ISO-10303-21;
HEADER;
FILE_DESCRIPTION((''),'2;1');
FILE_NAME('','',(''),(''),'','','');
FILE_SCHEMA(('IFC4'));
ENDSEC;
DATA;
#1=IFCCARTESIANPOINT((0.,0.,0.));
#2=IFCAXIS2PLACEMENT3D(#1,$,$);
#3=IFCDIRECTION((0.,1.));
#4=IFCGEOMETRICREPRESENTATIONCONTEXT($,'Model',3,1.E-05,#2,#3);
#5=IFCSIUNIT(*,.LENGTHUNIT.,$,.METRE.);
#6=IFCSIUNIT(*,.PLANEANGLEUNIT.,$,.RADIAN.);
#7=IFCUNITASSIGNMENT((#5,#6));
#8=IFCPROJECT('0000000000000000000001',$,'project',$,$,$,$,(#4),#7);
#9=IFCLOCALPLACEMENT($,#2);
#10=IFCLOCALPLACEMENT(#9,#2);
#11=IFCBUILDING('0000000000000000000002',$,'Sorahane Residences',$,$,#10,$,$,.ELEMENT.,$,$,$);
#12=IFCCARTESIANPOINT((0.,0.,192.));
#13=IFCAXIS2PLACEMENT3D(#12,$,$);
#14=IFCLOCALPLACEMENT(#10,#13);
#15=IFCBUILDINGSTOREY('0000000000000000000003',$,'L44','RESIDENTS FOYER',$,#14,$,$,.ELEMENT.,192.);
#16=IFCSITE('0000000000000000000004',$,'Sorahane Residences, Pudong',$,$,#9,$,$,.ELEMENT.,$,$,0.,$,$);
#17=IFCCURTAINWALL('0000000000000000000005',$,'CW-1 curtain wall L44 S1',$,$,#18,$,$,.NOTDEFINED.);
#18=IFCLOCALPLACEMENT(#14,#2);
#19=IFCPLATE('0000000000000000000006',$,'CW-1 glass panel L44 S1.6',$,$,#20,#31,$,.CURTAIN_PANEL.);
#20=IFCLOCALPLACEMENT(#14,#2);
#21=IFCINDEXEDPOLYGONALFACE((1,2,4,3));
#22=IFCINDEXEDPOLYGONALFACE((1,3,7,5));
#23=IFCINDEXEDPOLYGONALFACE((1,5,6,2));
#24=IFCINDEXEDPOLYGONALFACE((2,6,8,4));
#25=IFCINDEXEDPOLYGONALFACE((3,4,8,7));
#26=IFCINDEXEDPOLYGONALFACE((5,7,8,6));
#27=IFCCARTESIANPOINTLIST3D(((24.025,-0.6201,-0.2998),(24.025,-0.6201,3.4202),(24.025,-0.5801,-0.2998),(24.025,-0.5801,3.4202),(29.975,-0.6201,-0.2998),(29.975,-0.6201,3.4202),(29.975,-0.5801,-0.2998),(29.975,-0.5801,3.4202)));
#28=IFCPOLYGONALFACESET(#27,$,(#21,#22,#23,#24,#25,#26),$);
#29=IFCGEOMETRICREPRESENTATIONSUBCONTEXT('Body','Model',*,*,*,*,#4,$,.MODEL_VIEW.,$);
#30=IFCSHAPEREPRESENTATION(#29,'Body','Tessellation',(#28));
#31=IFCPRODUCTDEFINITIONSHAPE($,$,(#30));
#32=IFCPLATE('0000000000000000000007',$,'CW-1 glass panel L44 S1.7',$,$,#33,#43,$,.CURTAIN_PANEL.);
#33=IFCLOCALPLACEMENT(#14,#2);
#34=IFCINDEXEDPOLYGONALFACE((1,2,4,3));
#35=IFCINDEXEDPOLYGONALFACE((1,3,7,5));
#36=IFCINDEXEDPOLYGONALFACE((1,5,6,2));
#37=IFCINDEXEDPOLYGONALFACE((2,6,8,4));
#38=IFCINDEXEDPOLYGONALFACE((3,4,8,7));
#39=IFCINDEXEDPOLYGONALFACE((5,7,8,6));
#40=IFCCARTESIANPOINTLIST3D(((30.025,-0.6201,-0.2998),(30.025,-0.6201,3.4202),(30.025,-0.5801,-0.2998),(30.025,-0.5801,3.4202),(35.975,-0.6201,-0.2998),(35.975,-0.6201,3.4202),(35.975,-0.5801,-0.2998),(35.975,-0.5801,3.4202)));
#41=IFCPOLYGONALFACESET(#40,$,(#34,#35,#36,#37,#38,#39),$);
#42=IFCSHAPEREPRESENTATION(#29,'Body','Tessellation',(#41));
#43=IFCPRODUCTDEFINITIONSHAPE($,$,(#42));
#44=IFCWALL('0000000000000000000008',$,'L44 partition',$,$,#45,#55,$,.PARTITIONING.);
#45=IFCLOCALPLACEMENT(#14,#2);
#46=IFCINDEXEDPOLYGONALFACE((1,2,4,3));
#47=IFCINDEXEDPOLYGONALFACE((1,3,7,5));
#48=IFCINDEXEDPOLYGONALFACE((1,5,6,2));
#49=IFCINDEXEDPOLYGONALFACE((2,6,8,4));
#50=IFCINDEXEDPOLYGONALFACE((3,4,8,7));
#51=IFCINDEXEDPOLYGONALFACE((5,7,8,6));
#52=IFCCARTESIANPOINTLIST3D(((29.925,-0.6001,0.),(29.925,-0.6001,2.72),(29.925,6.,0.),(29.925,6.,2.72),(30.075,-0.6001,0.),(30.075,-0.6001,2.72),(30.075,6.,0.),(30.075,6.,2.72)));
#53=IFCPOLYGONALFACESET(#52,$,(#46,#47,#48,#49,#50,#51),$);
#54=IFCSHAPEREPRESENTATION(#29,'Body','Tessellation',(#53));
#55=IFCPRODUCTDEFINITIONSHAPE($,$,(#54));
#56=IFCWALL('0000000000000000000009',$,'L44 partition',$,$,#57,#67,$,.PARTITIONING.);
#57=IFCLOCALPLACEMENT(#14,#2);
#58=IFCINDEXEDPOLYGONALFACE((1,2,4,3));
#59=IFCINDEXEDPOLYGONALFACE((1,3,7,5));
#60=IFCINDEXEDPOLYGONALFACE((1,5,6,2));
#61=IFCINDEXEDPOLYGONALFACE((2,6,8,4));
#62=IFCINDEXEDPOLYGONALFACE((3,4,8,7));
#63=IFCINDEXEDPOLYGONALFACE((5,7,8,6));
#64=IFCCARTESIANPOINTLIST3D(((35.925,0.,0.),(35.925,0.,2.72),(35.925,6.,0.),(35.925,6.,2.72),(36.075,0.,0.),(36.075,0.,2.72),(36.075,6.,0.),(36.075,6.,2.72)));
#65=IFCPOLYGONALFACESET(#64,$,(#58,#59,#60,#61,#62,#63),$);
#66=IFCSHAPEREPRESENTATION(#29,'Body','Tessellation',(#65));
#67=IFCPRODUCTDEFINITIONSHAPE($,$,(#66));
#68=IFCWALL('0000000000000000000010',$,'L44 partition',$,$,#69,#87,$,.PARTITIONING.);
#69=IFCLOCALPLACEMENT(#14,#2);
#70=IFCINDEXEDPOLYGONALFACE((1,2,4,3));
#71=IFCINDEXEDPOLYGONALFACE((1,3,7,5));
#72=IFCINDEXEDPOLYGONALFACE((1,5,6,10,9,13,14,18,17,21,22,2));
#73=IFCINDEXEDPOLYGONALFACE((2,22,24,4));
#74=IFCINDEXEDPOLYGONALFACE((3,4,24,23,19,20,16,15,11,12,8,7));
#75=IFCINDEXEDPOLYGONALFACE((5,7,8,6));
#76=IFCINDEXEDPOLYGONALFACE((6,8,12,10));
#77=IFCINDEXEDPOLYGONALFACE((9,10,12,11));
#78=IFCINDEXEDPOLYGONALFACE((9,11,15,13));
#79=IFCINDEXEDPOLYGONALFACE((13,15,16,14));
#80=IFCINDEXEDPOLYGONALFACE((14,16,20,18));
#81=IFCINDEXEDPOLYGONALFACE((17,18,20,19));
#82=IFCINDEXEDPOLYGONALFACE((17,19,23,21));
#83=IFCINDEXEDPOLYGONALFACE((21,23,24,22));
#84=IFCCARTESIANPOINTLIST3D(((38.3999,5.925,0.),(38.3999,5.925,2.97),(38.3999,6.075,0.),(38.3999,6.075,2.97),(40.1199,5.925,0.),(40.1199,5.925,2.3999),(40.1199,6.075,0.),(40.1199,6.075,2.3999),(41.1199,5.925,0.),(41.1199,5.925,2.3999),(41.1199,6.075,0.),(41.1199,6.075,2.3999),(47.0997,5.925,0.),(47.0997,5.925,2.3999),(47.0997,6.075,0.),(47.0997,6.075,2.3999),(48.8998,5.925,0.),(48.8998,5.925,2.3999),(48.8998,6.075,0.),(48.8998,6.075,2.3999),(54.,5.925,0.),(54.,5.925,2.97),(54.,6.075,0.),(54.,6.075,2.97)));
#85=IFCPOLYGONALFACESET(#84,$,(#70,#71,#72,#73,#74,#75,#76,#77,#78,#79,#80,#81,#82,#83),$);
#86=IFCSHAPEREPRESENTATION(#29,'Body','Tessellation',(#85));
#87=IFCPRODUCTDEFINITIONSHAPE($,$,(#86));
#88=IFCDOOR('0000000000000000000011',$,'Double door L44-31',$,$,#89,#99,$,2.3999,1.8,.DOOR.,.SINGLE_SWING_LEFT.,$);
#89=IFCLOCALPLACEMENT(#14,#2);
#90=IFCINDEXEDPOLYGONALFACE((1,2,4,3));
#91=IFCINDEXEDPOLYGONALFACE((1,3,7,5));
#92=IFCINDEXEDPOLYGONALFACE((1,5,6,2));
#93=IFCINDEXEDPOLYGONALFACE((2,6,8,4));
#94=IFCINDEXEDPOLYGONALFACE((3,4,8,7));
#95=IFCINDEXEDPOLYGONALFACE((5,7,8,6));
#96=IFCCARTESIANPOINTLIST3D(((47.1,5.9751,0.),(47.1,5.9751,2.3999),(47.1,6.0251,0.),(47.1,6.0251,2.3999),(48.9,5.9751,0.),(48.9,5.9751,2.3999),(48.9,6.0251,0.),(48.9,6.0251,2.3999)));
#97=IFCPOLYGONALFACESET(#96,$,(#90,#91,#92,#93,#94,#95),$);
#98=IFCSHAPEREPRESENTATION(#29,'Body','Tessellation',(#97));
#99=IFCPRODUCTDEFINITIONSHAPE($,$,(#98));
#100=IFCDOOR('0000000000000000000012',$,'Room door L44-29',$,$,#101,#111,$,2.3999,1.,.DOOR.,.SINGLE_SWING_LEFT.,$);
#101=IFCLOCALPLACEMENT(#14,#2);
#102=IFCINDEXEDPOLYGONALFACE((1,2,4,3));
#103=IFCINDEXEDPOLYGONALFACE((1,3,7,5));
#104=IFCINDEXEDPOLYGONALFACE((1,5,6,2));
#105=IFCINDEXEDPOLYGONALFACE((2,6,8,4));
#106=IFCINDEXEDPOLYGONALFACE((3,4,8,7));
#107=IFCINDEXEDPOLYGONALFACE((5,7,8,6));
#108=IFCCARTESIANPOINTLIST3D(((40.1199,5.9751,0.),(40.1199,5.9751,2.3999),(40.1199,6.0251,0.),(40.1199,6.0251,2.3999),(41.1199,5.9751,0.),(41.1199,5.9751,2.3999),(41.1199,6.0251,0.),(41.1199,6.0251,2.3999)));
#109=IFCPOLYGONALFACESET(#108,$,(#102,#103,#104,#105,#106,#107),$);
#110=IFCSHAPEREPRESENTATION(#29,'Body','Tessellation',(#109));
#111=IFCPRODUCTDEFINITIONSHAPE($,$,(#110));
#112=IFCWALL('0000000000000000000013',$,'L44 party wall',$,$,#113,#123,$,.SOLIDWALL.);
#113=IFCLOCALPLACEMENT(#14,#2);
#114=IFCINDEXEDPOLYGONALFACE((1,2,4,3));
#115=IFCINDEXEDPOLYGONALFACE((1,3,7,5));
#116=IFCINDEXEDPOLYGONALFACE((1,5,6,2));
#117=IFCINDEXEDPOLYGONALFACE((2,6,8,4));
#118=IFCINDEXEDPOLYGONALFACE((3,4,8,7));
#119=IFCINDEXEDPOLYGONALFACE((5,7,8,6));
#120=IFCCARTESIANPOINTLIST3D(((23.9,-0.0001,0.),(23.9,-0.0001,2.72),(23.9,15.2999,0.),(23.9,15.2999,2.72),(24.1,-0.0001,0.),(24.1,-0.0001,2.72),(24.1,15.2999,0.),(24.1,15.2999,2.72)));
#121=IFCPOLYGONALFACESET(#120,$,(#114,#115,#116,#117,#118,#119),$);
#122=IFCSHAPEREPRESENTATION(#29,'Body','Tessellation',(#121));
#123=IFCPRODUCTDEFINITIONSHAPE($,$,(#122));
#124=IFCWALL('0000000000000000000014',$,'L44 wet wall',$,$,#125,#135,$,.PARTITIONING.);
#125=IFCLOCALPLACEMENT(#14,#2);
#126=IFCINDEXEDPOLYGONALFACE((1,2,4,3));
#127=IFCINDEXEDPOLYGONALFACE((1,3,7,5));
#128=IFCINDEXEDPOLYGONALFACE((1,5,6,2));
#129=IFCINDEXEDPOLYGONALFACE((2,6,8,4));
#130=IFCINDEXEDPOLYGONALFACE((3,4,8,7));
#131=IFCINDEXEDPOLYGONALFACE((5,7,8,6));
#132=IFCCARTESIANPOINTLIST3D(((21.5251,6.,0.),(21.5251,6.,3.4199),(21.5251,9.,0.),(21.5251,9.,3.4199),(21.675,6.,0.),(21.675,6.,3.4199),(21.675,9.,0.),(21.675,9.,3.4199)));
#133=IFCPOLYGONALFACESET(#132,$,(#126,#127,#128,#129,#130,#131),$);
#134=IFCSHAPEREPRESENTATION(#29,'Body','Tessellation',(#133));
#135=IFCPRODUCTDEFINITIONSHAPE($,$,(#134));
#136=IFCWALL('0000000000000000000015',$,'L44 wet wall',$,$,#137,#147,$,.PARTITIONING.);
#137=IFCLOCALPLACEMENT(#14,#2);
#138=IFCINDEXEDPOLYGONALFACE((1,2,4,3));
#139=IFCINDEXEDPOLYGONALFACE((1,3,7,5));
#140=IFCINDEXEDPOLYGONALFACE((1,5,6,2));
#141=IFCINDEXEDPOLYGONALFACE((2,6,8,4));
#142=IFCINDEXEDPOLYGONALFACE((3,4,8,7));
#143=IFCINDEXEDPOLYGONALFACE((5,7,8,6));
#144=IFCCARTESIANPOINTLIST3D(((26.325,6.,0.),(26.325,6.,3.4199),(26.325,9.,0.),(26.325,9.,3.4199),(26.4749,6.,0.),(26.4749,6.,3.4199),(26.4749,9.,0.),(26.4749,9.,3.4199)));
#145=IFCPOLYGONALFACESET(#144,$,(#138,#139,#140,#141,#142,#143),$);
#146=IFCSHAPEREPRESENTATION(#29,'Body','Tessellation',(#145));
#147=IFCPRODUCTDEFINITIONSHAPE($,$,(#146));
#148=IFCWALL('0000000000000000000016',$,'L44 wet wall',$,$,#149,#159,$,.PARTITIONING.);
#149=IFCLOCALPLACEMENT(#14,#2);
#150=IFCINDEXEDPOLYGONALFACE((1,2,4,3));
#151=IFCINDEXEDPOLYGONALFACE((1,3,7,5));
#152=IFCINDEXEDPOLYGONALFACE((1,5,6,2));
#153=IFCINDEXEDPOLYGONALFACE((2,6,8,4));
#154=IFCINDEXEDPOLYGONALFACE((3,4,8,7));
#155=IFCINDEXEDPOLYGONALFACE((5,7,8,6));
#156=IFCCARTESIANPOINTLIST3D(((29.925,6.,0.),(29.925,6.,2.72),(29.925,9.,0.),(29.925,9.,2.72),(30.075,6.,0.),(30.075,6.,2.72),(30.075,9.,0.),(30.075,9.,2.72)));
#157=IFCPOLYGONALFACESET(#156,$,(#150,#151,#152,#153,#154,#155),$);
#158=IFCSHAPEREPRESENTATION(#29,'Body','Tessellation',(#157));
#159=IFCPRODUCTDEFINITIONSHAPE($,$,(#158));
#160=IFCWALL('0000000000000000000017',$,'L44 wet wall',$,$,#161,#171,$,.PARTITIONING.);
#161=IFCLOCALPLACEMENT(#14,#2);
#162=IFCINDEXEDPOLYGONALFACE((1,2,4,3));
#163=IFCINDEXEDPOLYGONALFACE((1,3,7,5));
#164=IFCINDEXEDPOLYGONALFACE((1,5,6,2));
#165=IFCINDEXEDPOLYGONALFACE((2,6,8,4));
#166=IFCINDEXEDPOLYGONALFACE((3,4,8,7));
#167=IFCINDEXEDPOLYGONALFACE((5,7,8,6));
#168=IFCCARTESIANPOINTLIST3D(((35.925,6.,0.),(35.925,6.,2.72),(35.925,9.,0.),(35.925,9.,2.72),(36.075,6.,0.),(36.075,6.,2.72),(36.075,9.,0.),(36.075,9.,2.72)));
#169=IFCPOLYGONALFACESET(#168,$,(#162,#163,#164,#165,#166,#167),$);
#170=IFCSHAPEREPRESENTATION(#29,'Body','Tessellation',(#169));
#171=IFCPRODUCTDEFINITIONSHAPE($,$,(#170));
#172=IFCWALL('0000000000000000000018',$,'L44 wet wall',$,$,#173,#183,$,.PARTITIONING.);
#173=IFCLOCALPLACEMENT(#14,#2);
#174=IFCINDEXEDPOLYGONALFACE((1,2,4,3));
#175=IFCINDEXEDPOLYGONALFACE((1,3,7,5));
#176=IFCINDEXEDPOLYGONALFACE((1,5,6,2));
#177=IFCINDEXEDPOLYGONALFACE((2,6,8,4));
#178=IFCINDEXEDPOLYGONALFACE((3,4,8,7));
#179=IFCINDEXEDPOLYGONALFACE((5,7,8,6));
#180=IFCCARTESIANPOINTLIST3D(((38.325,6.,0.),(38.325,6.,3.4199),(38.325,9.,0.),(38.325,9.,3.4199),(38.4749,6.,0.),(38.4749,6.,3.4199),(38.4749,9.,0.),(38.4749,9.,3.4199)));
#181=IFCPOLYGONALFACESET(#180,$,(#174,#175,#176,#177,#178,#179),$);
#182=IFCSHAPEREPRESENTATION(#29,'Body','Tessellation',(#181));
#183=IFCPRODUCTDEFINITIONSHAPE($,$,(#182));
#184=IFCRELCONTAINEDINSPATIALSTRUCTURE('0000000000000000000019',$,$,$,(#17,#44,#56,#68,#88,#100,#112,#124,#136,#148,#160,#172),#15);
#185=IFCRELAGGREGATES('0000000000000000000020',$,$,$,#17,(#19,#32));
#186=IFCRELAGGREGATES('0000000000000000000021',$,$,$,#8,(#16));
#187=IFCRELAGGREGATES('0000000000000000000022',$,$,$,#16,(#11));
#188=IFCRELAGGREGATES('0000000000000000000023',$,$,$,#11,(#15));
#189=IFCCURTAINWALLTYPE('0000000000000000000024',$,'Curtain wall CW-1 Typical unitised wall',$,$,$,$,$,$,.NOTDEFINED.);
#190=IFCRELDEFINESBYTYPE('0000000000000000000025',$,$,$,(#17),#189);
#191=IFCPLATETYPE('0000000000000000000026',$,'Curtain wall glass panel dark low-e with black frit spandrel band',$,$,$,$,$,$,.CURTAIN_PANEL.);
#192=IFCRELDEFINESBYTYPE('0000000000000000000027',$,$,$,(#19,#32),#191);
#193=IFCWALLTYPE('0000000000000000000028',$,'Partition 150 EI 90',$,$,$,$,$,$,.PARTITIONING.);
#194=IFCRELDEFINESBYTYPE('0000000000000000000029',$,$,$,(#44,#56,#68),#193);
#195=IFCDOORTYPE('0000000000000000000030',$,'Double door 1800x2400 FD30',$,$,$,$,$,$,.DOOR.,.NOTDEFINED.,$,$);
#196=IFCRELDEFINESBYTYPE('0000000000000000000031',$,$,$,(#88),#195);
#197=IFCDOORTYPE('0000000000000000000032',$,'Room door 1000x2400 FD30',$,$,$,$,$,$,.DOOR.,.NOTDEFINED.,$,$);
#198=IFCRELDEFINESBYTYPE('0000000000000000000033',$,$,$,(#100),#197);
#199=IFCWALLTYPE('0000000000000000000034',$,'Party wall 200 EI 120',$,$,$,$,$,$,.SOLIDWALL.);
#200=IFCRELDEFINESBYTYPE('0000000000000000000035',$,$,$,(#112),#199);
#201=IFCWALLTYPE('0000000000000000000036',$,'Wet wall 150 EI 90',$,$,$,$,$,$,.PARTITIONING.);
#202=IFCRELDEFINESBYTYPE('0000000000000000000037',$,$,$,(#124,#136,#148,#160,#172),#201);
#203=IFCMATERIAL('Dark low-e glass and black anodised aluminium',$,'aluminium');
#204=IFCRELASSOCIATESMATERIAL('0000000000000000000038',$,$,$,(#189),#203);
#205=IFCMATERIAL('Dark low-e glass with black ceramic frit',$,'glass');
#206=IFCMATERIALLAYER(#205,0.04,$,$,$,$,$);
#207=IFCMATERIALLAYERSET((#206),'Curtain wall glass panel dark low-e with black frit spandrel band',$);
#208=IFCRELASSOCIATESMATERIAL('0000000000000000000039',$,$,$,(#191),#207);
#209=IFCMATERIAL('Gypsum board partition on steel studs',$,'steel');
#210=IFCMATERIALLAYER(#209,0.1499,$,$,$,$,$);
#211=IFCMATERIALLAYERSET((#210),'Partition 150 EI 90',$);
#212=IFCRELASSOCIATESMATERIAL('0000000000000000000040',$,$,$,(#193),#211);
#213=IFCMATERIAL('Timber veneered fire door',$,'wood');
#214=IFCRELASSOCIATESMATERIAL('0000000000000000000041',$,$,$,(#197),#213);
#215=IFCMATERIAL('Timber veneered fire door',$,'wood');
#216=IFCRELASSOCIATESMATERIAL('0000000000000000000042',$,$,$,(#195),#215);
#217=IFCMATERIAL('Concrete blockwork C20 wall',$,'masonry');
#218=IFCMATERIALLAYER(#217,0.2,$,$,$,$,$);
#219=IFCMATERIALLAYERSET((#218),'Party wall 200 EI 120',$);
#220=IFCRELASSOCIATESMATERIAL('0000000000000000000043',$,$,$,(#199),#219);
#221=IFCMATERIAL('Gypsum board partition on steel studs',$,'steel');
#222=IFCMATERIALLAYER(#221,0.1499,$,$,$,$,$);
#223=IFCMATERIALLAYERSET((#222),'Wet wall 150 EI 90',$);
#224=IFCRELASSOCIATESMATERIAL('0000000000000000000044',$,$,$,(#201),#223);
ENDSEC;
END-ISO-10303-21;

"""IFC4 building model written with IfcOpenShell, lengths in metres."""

from ifc_helpers import new_model, si_unit, direction, frame, frame_2d, origin, origin_2d, place, context, subcontext, project, spatial, rectangle, extrude, material, layer, layer_set, type_object, element, fill, aggregate, save


model = new_model("IFC4")

# Units and contexts
model_context = context("Model", 3, precision=1e-05, world=origin(), true_north=direction((0.0, 1.0)))
body_context = subcontext(model_context, "Body", "Model", "MODEL_VIEW")
ifc_project = project(units=[si_unit("LENGTHUNIT", "METRE"), si_unit("PLANEANGLEUNIT", "RADIAN")], contexts=[model_context])

# Site, building, storey
site_placement = place(None, origin())
site = spatial("IfcSite", under=ifc_project, at=site_placement, Name="Sorahane Residences, Pudong", CompositionType="ELEMENT", RefElevation=0.0)
building_placement = place(site_placement, origin())
building = spatial("IfcBuilding", under=site, at=building_placement, Name="Sorahane Residences", CompositionType="ELEMENT")
storey_placement = place(building_placement, frame((0.0, 0.0, 192.0)))
storey = spatial("IfcBuildingStorey", under=building, at=storey_placement, Name="L44", Description="RESIDENTS FOYER", CompositionType="ELEMENT", Elevation=192.0)

# Curtain wall
ifc_material_1 = material(Name="Dark low-e glass and black anodised aluminium", Category="aluminium")
curtain_wall_type = type_object("IfcCurtainWallType", Name="Curtain wall CW-1 Typical unitised wall", PredefinedType="NOTDEFINED", material=ifc_material_1)
curtain_wall_placement = place(storey_placement, origin())
curtain_wall = element("IfcCurtainWall", 1, at=curtain_wall_placement, inside=storey, type_object=curtain_wall_type, Name="CW-1 curtain wall L44 S1", PredefinedType="NOTDEFINED")

# Plates
ifc_material_2 = material(Name="Dark low-e glass with black ceramic frit", Category="glass")
ifc_layer_1 = layer(ifc_material_2, 0.04)
ifc_layer_set_1 = layer_set([ifc_layer_1], Name="Curtain wall glass panel dark low-e with black frit spandrel band")
plate_type = type_object("IfcPlateType", Name="Curtain wall glass panel dark low-e with black frit spandrel band", PredefinedType="CURTAIN_PANEL", material=ifc_layer_set_1)
plate_1_placement = place(storey_placement, frame((27.0, -0.6001, -0.2998), z_axis=(0.0, 0.0, 1.0), x_axis=(1.0, 0.0, 0.0)))
plate_1 = element("IfcPlate", 2, at=plate_1_placement, type_object=plate_type, Name="CW-1 glass panel L44 S1.6", PredefinedType="CURTAIN_PANEL", context=body_context, shape_type="SweptSolid", body=[
    extrude(rectangle(XDim=5.95, YDim=0.04, at=origin_2d()), origin(), (0.0, 0.0, 1.0), 3.72),
])
plate_2_placement = place(storey_placement, frame((33.0, -0.6001, -0.2998), z_axis=(0.0, 0.0, 1.0), x_axis=(1.0, 0.0, 0.0)))
plate_2 = element("IfcPlate", 3, at=plate_2_placement, type_object=plate_type, Name="CW-1 glass panel L44 S1.7", PredefinedType="CURTAIN_PANEL", context=body_context, shape_type="SweptSolid", body=[
    extrude(rectangle(XDim=5.95, YDim=0.04, at=origin_2d()), origin(), (0.0, 0.0, 1.0), 3.72),
])
aggregate(curtain_wall, [plate_1, plate_2])

# Walls
ifc_material_3 = material(Name="Gypsum board partition on steel studs", Category="steel")
ifc_layer_2 = layer(ifc_material_3, 0.1499)
ifc_layer_set_2 = layer_set([ifc_layer_2], Name="Partition 150 EI 90")
wall_type_1 = type_object("IfcWallType", Name="Partition 150 EI 90", PredefinedType="PARTITIONING", material=ifc_layer_set_2)
wall_1_placement = place(storey_placement, frame((30.0, -0.6001, 0.0), z_axis=(0.0, 0.0, 1.0), x_axis=(0.0, 1.0, 0.0)))
element("IfcWall", 4, at=wall_1_placement, inside=storey, type_object=wall_type_1, Name="L44 partition", PredefinedType="PARTITIONING", context=body_context, shape_type="SweptSolid", body=[
    extrude(rectangle(XDim=6.6001, YDim=0.1499, at=frame_2d((3.3, 0.0))), origin(), (0.0, 0.0, 1.0), 2.72),
])
wall_2_placement = place(storey_placement, frame((36.0, 0.0, 0.0), z_axis=(0.0, 0.0, 1.0), x_axis=(0.0, 1.0, 0.0)))
element("IfcWall", 5, at=wall_2_placement, inside=storey, type_object=wall_type_1, Name="L44 partition", PredefinedType="PARTITIONING", context=body_context, shape_type="SweptSolid", body=[
    extrude(rectangle(XDim=6.0, YDim=0.1499, at=frame_2d((3.0, 0.0))), origin(), (0.0, 0.0, 1.0), 2.72),
])

# Wall, openings, doors
ifc_material_4 = material(Name="Timber veneered fire door", Category="wood")
door_type_1 = type_object("IfcDoorType", Name="Room door 1000x2400 FD30", OperationType="NOTDEFINED", PredefinedType="DOOR", material=ifc_material_4)
wall_3_placement = place(storey_placement, frame((38.3999, 6.0, 0.0), z_axis=(0.0, 0.0, 1.0), x_axis=(1.0, 0.0, 0.0)))
wall_3 = element("IfcWall", 6, at=wall_3_placement, inside=storey, type_object=wall_type_1, Name="L44 partition", PredefinedType="PARTITIONING", context=body_context, shape_type="SweptSolid", body=[
    extrude(rectangle(XDim=15.6001, YDim=0.1499, at=frame_2d((7.8, 0.0))), origin(), (0.0, 0.0, 1.0), 2.97),
])
opening_1_placement = place(wall_3_placement, frame((1.72, 0.0, 0.0)))
opening_1 = element("IfcOpeningElement", 7, at=opening_1_placement, cuts=wall_3, PredefinedType="OPENING", context=body_context, shape_type="SweptSolid", body=[
    extrude(rectangle(XDim=1.0, YDim=2.3999, at=frame_2d((0.5, 1.2))), frame((0.0, 0.085, 0.0), z_axis=(0.0, -1.0, 0.0), x_axis=(1.0, 0.0, 0.0)), (0.0, 0.0, 1.0), 0.1699),
])
opening_2_placement = place(wall_3_placement, frame((8.7, 0.0, 0.0)))
opening_2 = element("IfcOpeningElement", 8, at=opening_2_placement, cuts=wall_3, PredefinedType="OPENING", context=body_context, shape_type="SweptSolid", body=[
    extrude(rectangle(XDim=1.8, YDim=2.3999, at=frame_2d((0.8999, 1.2))), frame((0.0, 0.085, 0.0), z_axis=(0.0, -1.0, 0.0), x_axis=(1.0, 0.0, 0.0)), (0.0, 0.0, 1.0), 0.1699),
])
ifc_material_5 = material(Name="Timber veneered fire door", Category="wood")
door_type_2 = type_object("IfcDoorType", Name="Double door 1800x2400 FD30", OperationType="NOTDEFINED", PredefinedType="DOOR", material=ifc_material_5)
door_1_placement = place(opening_2_placement, frame((1.8, 0.0, 0.0), z_axis=(0.0, 0.0, 1.0), x_axis=(-1.0, 0.0, 0.0)))
door_1 = element("IfcDoor", 9, at=door_1_placement, inside=storey, type_object=door_type_2, Name="Double door L44-31", OperationType="SINGLE_SWING_LEFT", OverallHeight=2.3999, OverallWidth=1.8, PredefinedType="DOOR", context=body_context, shape_type="SweptSolid", body=[
    extrude(rectangle(XDim=1.8, YDim=2.3999, at=frame_2d((0.8999, 1.2))), frame((0.0, 0.0249, 0.0), z_axis=(0.0, -1.0, 0.0), x_axis=(1.0, 0.0, 0.0)), (0.0, 0.0, 1.0), 0.05),
])
fill(opening_2, door_1)
door_2_placement = place(opening_1_placement, frame((1.0, 0.0, 0.0), z_axis=(0.0, 0.0, 1.0), x_axis=(-1.0, 0.0, 0.0)))
door_2 = element("IfcDoor", 10, at=door_2_placement, inside=storey, type_object=door_type_1, Name="Room door L44-29", OperationType="SINGLE_SWING_LEFT", OverallHeight=2.3999, OverallWidth=1.0, PredefinedType="DOOR", context=body_context, shape_type="SweptSolid", body=[
    extrude(rectangle(XDim=1.0, YDim=2.3999, at=frame_2d((0.5, 1.2))), frame((0.0, 0.0249, 0.0), z_axis=(0.0, -1.0, 0.0), x_axis=(1.0, 0.0, 0.0)), (0.0, 0.0, 1.0), 0.05),
])
fill(opening_1, door_2)

# Walls
ifc_material_6 = material(Name="Concrete blockwork C20 wall", Category="masonry")
ifc_layer_3 = layer(ifc_material_6, 0.2)
ifc_layer_set_3 = layer_set([ifc_layer_3], Name="Party wall 200 EI 120")
wall_type_2 = type_object("IfcWallType", Name="Party wall 200 EI 120", PredefinedType="SOLIDWALL", material=ifc_layer_set_3)
wall_4_placement = place(storey_placement, frame((24.0, 0.0, 0.0), z_axis=(0.0, 0.0, 1.0), x_axis=(0.0, 1.0, 0.0)))
element("IfcWall", 11, at=wall_4_placement, inside=storey, type_object=wall_type_2, Name="L44 party wall", PredefinedType="SOLIDWALL", context=body_context, shape_type="SweptSolid", body=[
    extrude(rectangle(XDim=15.3, YDim=0.2, at=frame_2d((7.6499, 0.0))), origin(), (0.0, 0.0, 1.0), 2.72),
])
ifc_material_7 = material(Name="Gypsum board partition on steel studs", Category="steel")
ifc_layer_4 = layer(ifc_material_7, 0.1499)
ifc_layer_set_4 = layer_set([ifc_layer_4], Name="Wet wall 150 EI 90")
wall_type_3 = type_object("IfcWallType", Name="Wet wall 150 EI 90", PredefinedType="PARTITIONING", material=ifc_layer_set_4)
for number, where, z_axis, x_axis, name in (
    (12, (21.6001, 6.0, 0.0), (0.0, 0.0, 1.0), (0.0, 1.0, 0.0), "L44 wet wall"),
    (13, (26.3999, 6.0, 0.0), (0.0, 0.0, 1.0), (0.0, 1.0, 0.0), "L44 wet wall"),
):
    element("IfcWall", number, at=place(storey_placement, frame(where, z_axis=z_axis, x_axis=x_axis)), inside=storey, type_object=wall_type_3, Name=name, PredefinedType="PARTITIONING", context=body_context, shape_type="SweptSolid", body=[
        extrude(rectangle(XDim=3.0, YDim=0.1499, at=frame_2d((1.5, 0.0))), origin(), (0.0, 0.0, 1.0), 3.4199),
    ])
for number, where, z_axis, x_axis, name in (
    (14, (30.0, 6.0, 0.0), (0.0, 0.0, 1.0), (0.0, 1.0, 0.0), "L44 wet wall"),
    (15, (36.0, 6.0, 0.0), (0.0, 0.0, 1.0), (0.0, 1.0, 0.0), "L44 wet wall"),
):
    element("IfcWall", number, at=place(storey_placement, frame(where, z_axis=z_axis, x_axis=x_axis)), inside=storey, type_object=wall_type_3, Name=name, PredefinedType="PARTITIONING", context=body_context, shape_type="SweptSolid", body=[
        extrude(rectangle(XDim=3.0, YDim=0.1499, at=frame_2d((1.5, 0.0))), origin(), (0.0, 0.0, 1.0), 2.72),
    ])
wall_5_placement = place(storey_placement, frame((38.3999, 6.0, 0.0), z_axis=(0.0, 0.0, 1.0), x_axis=(0.0, 1.0, 0.0)))
element("IfcWall", 16, at=wall_5_placement, inside=storey, type_object=wall_type_3, Name="L44 wet wall", PredefinedType="PARTITIONING", context=body_context, shape_type="SweptSolid", body=[
    extrude(rectangle(XDim=3.0, YDim=0.1499, at=frame_2d((1.5, 0.0))), origin(), (0.0, 0.0, 1.0), 3.4199),
])

save(model, "model.ifc")
